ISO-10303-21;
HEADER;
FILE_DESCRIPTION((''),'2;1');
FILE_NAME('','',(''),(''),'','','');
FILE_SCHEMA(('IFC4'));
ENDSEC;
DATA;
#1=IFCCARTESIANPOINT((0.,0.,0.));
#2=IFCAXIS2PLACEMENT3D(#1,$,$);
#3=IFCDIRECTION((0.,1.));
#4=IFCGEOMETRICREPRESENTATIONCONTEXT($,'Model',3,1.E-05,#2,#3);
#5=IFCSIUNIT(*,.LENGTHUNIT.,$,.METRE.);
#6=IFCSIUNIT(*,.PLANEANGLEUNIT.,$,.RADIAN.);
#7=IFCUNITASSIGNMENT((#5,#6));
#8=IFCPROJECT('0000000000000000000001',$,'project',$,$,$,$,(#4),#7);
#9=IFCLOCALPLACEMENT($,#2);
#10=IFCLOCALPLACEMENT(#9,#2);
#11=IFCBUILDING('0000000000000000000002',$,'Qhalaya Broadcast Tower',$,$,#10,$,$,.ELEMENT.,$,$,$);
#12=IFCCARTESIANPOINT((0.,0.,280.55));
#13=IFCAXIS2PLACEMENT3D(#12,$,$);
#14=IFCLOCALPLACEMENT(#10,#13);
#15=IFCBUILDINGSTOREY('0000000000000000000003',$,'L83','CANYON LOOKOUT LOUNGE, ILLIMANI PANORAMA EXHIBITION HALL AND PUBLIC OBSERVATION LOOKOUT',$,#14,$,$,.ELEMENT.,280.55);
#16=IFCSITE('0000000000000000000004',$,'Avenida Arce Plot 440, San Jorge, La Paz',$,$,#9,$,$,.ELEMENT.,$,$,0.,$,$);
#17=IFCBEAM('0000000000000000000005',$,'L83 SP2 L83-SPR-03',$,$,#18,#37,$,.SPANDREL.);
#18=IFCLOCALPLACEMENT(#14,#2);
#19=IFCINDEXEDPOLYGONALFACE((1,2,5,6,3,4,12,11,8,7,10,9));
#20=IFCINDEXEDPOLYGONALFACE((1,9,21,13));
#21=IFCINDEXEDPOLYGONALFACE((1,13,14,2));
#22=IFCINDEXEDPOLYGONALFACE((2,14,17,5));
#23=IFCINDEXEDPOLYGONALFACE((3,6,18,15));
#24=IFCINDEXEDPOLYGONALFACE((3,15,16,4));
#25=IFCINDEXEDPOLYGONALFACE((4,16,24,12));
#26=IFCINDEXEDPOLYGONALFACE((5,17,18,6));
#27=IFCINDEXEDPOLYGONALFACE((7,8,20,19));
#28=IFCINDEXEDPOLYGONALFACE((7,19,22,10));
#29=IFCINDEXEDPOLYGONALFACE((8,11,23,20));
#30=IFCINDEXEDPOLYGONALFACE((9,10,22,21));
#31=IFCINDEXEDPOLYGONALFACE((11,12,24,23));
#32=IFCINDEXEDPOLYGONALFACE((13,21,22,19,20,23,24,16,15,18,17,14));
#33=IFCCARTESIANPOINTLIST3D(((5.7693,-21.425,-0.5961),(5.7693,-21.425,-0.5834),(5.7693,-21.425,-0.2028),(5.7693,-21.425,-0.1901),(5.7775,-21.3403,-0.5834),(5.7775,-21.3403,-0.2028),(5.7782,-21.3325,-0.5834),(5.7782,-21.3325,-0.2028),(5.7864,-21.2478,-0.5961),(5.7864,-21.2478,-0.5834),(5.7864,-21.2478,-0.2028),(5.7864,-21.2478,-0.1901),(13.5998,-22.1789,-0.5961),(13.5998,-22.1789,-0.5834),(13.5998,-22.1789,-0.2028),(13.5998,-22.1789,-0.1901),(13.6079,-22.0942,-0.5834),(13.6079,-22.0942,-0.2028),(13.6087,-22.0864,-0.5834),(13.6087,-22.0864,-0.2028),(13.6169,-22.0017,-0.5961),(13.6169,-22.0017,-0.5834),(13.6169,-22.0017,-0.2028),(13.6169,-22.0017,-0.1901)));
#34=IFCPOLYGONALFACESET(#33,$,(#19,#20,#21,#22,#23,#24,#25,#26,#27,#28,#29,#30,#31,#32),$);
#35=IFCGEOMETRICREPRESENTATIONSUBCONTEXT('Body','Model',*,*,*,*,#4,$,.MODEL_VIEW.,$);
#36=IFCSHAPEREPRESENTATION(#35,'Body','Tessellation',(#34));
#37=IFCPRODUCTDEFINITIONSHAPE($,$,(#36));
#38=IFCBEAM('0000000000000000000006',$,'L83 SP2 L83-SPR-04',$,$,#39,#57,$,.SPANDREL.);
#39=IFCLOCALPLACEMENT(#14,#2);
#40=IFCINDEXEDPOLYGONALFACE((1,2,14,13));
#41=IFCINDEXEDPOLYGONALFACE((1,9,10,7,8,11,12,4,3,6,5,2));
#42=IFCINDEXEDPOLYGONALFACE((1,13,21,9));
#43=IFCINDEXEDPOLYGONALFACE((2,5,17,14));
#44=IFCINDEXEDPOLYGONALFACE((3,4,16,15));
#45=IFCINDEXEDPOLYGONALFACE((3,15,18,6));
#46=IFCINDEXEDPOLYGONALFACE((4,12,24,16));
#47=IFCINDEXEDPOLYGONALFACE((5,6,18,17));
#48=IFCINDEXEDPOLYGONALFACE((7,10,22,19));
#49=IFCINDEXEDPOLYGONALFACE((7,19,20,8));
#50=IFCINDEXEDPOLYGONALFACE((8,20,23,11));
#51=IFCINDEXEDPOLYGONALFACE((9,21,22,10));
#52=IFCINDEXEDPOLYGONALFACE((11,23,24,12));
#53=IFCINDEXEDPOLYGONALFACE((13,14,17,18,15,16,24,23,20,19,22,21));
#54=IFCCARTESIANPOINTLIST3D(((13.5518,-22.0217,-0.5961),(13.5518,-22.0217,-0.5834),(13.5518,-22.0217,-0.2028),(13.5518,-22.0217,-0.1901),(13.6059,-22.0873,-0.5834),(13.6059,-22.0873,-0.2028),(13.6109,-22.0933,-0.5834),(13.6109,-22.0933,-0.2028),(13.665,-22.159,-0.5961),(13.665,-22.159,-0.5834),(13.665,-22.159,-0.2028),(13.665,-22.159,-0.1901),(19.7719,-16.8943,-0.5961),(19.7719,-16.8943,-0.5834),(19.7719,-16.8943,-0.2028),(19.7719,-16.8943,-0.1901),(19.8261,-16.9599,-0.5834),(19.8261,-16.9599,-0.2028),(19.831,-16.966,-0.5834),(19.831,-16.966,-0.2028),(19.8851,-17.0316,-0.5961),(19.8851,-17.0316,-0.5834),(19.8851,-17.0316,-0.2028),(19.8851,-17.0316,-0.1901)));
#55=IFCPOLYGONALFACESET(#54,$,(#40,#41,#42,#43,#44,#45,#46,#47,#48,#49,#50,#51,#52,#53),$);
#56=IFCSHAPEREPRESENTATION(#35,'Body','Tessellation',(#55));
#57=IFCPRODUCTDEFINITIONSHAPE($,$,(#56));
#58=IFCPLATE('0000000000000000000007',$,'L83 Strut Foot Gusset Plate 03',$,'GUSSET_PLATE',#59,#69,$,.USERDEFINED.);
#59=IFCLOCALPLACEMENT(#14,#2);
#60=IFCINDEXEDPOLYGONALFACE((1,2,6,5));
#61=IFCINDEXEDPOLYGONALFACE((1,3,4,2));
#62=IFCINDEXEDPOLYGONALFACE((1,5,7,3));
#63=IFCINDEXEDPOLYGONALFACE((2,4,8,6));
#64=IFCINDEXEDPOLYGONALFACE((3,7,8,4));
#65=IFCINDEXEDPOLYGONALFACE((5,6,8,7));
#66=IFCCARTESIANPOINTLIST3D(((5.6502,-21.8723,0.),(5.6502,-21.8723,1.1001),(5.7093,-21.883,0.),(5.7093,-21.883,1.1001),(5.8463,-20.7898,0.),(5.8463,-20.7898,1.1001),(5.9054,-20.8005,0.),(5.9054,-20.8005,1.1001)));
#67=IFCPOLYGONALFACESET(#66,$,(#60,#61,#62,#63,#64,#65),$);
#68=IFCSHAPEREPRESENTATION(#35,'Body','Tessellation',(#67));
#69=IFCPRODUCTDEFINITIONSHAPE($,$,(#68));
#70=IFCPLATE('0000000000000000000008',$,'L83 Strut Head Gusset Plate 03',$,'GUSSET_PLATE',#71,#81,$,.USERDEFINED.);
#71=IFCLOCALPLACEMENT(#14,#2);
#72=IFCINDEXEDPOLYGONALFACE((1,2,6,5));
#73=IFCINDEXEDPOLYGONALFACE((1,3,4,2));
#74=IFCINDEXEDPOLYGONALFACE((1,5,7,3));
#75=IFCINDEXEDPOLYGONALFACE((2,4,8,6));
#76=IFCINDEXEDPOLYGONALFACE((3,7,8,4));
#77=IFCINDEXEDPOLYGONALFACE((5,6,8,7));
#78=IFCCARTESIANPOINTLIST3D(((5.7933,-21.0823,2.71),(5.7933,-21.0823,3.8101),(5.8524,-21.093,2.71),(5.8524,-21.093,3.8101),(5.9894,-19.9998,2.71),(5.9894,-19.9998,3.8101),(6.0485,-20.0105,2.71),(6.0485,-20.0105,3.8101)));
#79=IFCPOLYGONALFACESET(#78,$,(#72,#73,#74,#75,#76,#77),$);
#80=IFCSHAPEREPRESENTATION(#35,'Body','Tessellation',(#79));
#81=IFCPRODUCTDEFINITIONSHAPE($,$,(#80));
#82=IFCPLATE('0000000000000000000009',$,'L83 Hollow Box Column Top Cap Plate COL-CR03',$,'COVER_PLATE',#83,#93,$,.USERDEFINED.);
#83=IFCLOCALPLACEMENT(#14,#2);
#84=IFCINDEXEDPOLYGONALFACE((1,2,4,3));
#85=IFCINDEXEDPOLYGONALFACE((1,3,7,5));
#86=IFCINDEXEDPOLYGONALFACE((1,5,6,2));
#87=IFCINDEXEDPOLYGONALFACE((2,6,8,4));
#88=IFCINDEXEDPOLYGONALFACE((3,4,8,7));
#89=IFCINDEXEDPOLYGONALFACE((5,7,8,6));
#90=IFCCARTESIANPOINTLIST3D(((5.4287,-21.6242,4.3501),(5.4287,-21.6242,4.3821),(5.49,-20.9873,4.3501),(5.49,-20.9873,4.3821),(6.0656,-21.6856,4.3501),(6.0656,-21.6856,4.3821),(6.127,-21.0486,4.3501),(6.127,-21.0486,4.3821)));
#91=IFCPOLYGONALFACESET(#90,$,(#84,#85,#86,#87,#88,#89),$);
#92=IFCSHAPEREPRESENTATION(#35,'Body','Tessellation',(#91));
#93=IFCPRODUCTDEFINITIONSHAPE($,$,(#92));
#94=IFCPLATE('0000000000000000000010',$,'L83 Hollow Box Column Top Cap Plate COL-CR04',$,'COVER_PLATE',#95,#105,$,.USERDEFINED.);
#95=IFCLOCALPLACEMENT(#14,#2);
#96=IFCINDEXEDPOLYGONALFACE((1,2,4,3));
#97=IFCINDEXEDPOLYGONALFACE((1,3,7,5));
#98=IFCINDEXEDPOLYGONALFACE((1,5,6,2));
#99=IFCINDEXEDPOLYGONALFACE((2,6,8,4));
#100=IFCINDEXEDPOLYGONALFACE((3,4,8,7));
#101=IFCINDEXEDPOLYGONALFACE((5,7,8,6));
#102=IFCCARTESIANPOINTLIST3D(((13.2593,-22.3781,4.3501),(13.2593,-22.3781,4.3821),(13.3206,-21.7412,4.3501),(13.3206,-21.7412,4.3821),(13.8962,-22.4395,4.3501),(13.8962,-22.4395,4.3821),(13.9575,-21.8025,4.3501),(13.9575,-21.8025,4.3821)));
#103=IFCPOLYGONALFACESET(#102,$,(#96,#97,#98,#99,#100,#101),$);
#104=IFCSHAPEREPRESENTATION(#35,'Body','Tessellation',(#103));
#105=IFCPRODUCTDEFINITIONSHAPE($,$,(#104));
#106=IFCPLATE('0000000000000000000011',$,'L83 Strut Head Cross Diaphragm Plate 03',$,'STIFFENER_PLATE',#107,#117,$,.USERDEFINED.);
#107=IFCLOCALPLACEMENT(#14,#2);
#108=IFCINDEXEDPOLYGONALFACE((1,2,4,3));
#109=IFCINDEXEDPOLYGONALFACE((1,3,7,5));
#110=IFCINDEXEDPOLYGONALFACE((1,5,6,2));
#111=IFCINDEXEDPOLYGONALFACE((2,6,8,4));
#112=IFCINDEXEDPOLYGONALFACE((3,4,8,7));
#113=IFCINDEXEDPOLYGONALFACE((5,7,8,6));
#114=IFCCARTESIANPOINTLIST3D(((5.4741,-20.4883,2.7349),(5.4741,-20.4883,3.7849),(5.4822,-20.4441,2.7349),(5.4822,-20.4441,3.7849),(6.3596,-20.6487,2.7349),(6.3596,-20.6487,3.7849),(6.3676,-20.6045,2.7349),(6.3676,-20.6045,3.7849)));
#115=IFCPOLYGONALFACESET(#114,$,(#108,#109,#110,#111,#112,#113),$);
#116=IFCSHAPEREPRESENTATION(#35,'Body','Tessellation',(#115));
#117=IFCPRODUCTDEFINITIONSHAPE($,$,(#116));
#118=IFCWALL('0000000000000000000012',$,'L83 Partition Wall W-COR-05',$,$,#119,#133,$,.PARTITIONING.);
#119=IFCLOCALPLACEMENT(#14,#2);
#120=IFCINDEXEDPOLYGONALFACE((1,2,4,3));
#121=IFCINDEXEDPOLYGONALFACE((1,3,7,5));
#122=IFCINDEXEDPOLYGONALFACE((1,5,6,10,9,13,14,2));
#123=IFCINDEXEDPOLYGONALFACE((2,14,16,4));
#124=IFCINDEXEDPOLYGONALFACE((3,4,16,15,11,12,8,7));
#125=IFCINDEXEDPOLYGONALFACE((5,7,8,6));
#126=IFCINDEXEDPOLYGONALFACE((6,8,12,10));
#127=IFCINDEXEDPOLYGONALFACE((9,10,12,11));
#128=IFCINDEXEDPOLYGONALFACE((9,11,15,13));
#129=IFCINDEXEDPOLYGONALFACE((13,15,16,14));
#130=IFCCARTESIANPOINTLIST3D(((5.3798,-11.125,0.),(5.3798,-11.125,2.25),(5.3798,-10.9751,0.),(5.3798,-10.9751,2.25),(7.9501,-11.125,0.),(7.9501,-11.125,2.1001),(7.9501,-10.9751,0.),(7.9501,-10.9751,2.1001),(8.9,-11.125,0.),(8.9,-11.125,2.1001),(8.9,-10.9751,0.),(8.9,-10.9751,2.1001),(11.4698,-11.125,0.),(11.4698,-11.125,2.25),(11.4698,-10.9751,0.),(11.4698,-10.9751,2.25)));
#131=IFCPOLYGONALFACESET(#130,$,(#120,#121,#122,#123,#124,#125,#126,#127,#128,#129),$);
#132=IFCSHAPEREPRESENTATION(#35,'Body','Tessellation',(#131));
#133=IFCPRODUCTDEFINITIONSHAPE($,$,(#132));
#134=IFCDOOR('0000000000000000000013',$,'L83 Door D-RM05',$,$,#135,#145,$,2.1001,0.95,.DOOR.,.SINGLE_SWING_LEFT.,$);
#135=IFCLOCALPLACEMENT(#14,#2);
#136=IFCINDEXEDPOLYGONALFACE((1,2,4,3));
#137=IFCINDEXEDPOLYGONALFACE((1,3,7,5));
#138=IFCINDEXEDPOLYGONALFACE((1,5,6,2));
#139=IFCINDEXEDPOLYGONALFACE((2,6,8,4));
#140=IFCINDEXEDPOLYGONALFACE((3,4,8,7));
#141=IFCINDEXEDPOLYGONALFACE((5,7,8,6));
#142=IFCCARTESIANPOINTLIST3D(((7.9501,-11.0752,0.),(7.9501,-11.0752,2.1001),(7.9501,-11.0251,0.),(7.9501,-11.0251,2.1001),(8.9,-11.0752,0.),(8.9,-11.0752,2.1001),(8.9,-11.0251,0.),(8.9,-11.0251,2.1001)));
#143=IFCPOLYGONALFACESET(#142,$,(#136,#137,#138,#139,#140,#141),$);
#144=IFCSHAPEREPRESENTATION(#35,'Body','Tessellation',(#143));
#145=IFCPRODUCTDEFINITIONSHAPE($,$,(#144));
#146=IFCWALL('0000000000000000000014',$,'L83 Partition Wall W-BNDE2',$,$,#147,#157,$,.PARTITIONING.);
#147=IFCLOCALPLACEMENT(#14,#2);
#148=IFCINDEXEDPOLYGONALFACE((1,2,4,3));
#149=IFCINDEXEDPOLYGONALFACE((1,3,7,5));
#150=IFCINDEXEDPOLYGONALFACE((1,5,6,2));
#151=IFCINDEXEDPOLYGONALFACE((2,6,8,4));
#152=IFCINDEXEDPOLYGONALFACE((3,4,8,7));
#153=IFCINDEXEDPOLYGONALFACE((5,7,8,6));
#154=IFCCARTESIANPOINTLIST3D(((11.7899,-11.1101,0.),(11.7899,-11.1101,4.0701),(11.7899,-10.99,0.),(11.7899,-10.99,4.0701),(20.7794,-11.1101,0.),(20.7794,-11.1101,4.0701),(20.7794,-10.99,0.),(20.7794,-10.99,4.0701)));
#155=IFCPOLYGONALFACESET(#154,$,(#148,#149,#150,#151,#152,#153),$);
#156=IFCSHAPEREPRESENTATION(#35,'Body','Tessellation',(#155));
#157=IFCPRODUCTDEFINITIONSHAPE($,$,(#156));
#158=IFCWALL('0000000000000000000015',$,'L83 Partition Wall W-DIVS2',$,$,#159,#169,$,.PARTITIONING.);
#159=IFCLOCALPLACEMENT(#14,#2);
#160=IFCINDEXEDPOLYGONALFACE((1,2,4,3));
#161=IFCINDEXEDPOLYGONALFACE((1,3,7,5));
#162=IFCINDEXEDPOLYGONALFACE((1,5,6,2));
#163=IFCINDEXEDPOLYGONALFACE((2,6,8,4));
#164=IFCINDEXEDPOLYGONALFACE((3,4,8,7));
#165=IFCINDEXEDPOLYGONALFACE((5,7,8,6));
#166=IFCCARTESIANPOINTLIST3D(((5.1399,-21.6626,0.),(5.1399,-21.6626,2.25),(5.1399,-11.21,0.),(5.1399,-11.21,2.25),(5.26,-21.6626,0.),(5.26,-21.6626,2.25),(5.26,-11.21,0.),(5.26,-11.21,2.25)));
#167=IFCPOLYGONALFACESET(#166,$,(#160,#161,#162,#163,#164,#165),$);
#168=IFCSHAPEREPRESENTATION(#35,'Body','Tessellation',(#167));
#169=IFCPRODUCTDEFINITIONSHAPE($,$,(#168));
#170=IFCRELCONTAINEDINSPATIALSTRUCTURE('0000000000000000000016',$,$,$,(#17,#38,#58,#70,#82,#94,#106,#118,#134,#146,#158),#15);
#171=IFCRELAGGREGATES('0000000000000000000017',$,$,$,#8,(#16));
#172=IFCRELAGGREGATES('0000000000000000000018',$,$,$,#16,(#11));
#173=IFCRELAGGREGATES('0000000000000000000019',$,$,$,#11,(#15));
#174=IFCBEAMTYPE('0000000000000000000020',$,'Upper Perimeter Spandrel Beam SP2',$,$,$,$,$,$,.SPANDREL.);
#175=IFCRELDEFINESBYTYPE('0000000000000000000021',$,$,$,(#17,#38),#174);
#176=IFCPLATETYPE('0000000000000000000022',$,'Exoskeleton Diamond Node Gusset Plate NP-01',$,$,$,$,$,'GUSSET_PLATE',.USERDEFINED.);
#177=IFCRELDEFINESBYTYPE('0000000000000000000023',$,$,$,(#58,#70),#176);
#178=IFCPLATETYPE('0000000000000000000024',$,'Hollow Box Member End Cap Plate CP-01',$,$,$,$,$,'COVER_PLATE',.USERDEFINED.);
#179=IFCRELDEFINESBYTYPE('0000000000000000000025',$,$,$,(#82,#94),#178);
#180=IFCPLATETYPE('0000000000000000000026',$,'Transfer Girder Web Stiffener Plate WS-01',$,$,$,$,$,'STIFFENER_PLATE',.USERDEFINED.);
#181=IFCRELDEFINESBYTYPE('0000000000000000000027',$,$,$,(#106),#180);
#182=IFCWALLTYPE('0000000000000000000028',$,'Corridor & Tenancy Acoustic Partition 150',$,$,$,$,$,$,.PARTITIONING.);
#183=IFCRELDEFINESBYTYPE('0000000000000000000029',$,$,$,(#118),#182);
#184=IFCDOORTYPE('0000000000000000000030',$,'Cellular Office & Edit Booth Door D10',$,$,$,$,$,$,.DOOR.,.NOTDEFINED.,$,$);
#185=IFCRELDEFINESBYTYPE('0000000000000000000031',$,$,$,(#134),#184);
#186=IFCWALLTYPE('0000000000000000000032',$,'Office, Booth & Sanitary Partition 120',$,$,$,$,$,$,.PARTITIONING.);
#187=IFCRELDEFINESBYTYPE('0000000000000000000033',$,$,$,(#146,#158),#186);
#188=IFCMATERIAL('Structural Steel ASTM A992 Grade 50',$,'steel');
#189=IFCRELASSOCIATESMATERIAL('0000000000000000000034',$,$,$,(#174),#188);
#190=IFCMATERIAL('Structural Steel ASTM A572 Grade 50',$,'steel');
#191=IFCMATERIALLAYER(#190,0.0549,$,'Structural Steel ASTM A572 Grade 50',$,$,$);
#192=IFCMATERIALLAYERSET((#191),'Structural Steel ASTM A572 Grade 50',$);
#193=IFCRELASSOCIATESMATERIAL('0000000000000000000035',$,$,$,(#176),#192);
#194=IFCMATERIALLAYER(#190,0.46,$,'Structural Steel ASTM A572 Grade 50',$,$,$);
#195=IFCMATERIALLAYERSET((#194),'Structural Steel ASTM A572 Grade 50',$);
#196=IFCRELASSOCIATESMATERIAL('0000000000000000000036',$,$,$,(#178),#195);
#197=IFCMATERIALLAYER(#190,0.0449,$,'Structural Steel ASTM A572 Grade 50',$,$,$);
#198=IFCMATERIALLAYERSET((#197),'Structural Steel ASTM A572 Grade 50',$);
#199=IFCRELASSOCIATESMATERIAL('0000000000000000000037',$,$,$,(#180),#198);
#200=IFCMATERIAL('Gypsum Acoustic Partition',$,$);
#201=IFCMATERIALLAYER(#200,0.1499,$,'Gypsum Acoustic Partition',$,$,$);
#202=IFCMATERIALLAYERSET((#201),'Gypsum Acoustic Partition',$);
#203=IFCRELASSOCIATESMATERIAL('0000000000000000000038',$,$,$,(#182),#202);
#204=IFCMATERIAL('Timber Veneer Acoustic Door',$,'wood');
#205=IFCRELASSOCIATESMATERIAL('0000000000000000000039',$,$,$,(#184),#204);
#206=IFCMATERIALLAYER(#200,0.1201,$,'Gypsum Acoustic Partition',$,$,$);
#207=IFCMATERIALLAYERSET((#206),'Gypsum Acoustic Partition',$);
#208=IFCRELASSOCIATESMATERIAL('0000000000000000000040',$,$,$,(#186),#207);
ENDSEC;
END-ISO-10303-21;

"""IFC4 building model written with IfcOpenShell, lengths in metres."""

from ifc_helpers import new_model, si_unit, direction, frame, frame_2d, origin, origin_2d, place, context, subcontext, project, spatial, rectangle, i_section, extrude, material, layer, layer_set, material_profile, profile_set, type_object, element, fill, save


model = new_model("IFC4")

# Units and contexts
model_context = context("Model", 3, precision=1e-05, world=origin(), true_north=direction((0.0, 1.0)))
body_context = subcontext(model_context, "Body", "Model", "MODEL_VIEW")
ifc_project = project(units=[si_unit("LENGTHUNIT", "METRE"), si_unit("PLANEANGLEUNIT", "RADIAN")], contexts=[model_context])

# Site, building, storey
site_placement = place(None, origin())
site = spatial("IfcSite", under=ifc_project, at=site_placement, Name="Avenida Arce Plot 440, San Jorge, La Paz", CompositionType="ELEMENT", RefElevation=0.0)
building_placement = place(site_placement, origin())
building = spatial("IfcBuilding", under=site, at=building_placement, Name="Qhalaya Broadcast Tower", CompositionType="ELEMENT")
storey_placement = place(building_placement, frame((0.0, 0.0, 280.55)))
storey = spatial("IfcBuildingStorey", under=building, at=storey_placement, Name="L83", Description="CANYON LOOKOUT LOUNGE, ILLIMANI PANORAMA EXHIBITION HALL AND PUBLIC OBSERVATION LOOKOUT", CompositionType="ELEMENT", Elevation=280.55)

# Shared definitions
ifc_material_1 = material(Name="Structural Steel ASTM A572 Grade 50", Category="steel")

# Shared definitions
ifc_material_2 = material(Name="Structural Steel ASTM A992 Grade 50", Category="steel")

# Beams
ifc_material_profile_1 = material_profile(ifc_material_2, i_section(OverallWidth=0.178, OverallDepth=0.406, WebThickness=0.0078, FlangeThickness=0.0127, at=origin_2d()), Name="W16X40")
ifc_profile_set_1 = profile_set([ifc_material_profile_1], Name="Structural Steel ASTM A992 Grade 50")
beam_type_1 = type_object("IfcBeamType", Name="Upper Perimeter Spandrel Beam SP2", PredefinedType="SPANDREL", material=ifc_profile_set_1)
beam_1_placement = place(storey_placement, frame((5.7778, -21.3364, -0.3931), z_axis=(0.995397, -0.095834, 0.0), x_axis=(0.095834, 0.995397, 0.0)))
element("IfcBeam", 1, at=beam_1_placement, inside=storey, type_object=beam_type_1, Name="L83 SP2 L83-SPR-03", PredefinedType="SPANDREL", context=body_context, shape_type="SweptSolid", body=[
    extrude(i_section(OverallWidth=0.178, OverallDepth=0.406, WebThickness=0.0078, FlangeThickness=0.0127, at=origin_2d()), origin(), (0.0, 0.0, 1.0), 7.8667),
])
beam_2_placement = place(storey_placement, frame((13.6084, -22.0903, -0.3931), z_axis=(0.771631, 0.63607, 0.0), x_axis=(-0.63607, 0.771631, 0.0)))
element("IfcBeam", 2, at=beam_2_placement, inside=storey, type_object=beam_type_1, Name="L83 SP2 L83-SPR-04", PredefinedType="SPANDREL", context=body_context, shape_type="SweptSolid", body=[
    extrude(i_section(OverallWidth=0.178, OverallDepth=0.406, WebThickness=0.0078, FlangeThickness=0.0127, at=origin_2d()), origin(), (0.0, 0.0, 1.0), 8.061),
])

# Plates
ifc_layer_1 = layer(ifc_material_1, 0.0549, Name="Structural Steel ASTM A572 Grade 50")
ifc_layer_set_1 = layer_set([ifc_layer_1], Name="Structural Steel ASTM A572 Grade 50")
plate_type_1 = type_object("IfcPlateType", Name="Exoskeleton Diamond Node Gusset Plate NP-01", ElementType="GUSSET_PLATE", PredefinedType="USERDEFINED", material=ifc_layer_set_1)
for number, where, z_axis, x_axis, name in (
    (3, (5.7778, -21.3364, 0.0), (0.0, 0.0, 1.0), (0.178253, 0.983985, 0.0), "L83 Strut Foot Gusset Plate 03"),
    (4, (5.9209, -20.5464, 2.71), (0.0, 0.0, 1.0), (0.178253, 0.983985, 0.0), "L83 Strut Head Gusset Plate 03"),
):
    element("IfcPlate", number, at=place(storey_placement, frame(where, z_axis=z_axis, x_axis=x_axis)), inside=storey, type_object=plate_type_1, Name=name, ObjectType="GUSSET_PLATE", PredefinedType="USERDEFINED", context=body_context, shape_type="SweptSolid", body=[
        extrude(rectangle(XDim=1.1001, YDim=0.0601, at=origin_2d()), origin(), (0.0, 0.0, 1.0), 1.1001),
    ])
ifc_layer_2 = layer(ifc_material_1, 0.46, Name="Structural Steel ASTM A572 Grade 50")
ifc_layer_set_2 = layer_set([ifc_layer_2], Name="Structural Steel ASTM A572 Grade 50")
plate_type_2 = type_object("IfcPlateType", Name="Hollow Box Member End Cap Plate CP-01", ElementType="COVER_PLATE", PredefinedType="USERDEFINED", material=ifc_layer_set_2)
for number, where, z_axis, x_axis, name in (
    (5, (5.7778, -21.3364, 4.3501), (0.0, 0.0, 1.0), (0.995396, -0.095846, 0.0), "L83 Hollow Box Column Top Cap Plate COL-CR03"),
    (6, (13.6084, -22.0903, 4.3501), (0.0, 0.0, 1.0), (0.995396, -0.095846, 0.0), "L83 Hollow Box Column Top Cap Plate COL-CR04"),
):
    element("IfcPlate", number, at=place(storey_placement, frame(where, z_axis=z_axis, x_axis=x_axis)), inside=storey, type_object=plate_type_2, Name=name, ObjectType="COVER_PLATE", PredefinedType="USERDEFINED", context=body_context, shape_type="SweptSolid", body=[
        extrude(rectangle(XDim=0.6399, YDim=0.6399, at=origin_2d()), origin(), (0.0, 0.0, 1.0), 0.032),
    ])
ifc_layer_3 = layer(ifc_material_1, 0.0449, Name="Structural Steel ASTM A572 Grade 50")
ifc_layer_set_3 = layer_set([ifc_layer_3], Name="Structural Steel ASTM A572 Grade 50")
plate_type_3 = type_object("IfcPlateType", Name="Transfer Girder Web Stiffener Plate WS-01", ElementType="STIFFENER_PLATE", PredefinedType="USERDEFINED", material=ifc_layer_set_3)
plate_placement = place(storey_placement, frame((5.9209, -20.5464, 2.7349), z_axis=(0.0, 0.0, 1.0), x_axis=(-0.983985, 0.178253, 0.0)))
element("IfcPlate", 7, at=plate_placement, inside=storey, type_object=plate_type_3, Name="L83 Strut Head Cross Diaphragm Plate 03", ObjectType="STIFFENER_PLATE", PredefinedType="USERDEFINED", context=body_context, shape_type="SweptSolid", body=[
    extrude(rectangle(XDim=0.8999, YDim=0.0449, at=origin_2d()), origin(), (0.0, 0.0, 1.0), 1.05),
])

# Wall, opening, door
ifc_material_3 = material(Name="Gypsum Acoustic Partition")
ifc_layer_4 = layer(ifc_material_3, 0.1499, Name="Gypsum Acoustic Partition")
ifc_layer_set_4 = layer_set([ifc_layer_4], Name="Gypsum Acoustic Partition")
wall_type_1 = type_object("IfcWallType", Name="Corridor & Tenancy Acoustic Partition 150", PredefinedType="PARTITIONING", material=ifc_layer_set_4)
wall_1_placement = place(storey_placement, frame((5.3799, -11.05, 0.0), z_axis=(0.0, 0.0, 1.0), x_axis=(1.0, 0.0, 0.0)))
wall_1 = element("IfcWall", 8, at=wall_1_placement, inside=storey, type_object=wall_type_1, Name="L83 Partition Wall W-COR-05", PredefinedType="PARTITIONING", context=body_context, shape_type="SweptSolid", body=[
    extrude(rectangle(XDim=6.0901, YDim=0.1499, at=frame_2d((3.0449, 0.0))), origin(), (0.0, 0.0, 1.0), 2.25),
])
opening_1_placement = place(wall_1_placement, frame((2.5701, 0.0, 0.0)))
opening_1 = element("IfcOpeningElement", 9, at=opening_1_placement, cuts=wall_1, PredefinedType="OPENING", context=body_context, shape_type="SweptSolid", body=[
    extrude(rectangle(XDim=0.95, YDim=2.1001, at=frame_2d((0.4751, 1.05))), frame((0.0, 0.0869, 0.0), z_axis=(0.0, -1.0, 0.0), x_axis=(1.0, 0.0, 0.0)), (0.0, 0.0, 1.0), 0.1738),
])
ifc_material_4 = material(Name="Timber Veneer Acoustic Door", Category="wood")
door_type_1 = type_object("IfcDoorType", Name="Cellular Office & Edit Booth Door D10", OperationType="NOTDEFINED", PredefinedType="DOOR", material=ifc_material_4)
door_1_placement = place(opening_1_placement, origin())
door_1 = element("IfcDoor", 10, at=door_1_placement, inside=storey, type_object=door_type_1, Name="L83 Door D-RM05", OperationType="SINGLE_SWING_LEFT", OverallHeight=2.1001, OverallWidth=0.95, PredefinedType="DOOR", context=body_context, shape_type="SweptSolid", body=[
    extrude(rectangle(XDim=0.95, YDim=2.1001, at=frame_2d((0.4751, 1.05))), frame((0.0, 0.0249, 0.0), z_axis=(0.0, -1.0, 0.0), x_axis=(1.0, 0.0, 0.0)), (0.0, 0.0, 1.0), 0.05),
])
fill(opening_1, door_1)

# Walls
ifc_layer_5 = layer(ifc_material_3, 0.1201, Name="Gypsum Acoustic Partition")
ifc_layer_set_5 = layer_set([ifc_layer_5], Name="Gypsum Acoustic Partition")
wall_type_2 = type_object("IfcWallType", Name="Office, Booth & Sanitary Partition 120", PredefinedType="PARTITIONING", material=ifc_layer_set_5)
wall_2_placement = place(storey_placement, frame((11.79, -11.05, 0.0), z_axis=(0.0, 0.0, 1.0), x_axis=(1.0, 0.0, 0.0)))
element("IfcWall", 11, at=wall_2_placement, inside=storey, type_object=wall_type_2, Name="L83 Partition Wall W-BNDE2", PredefinedType="PARTITIONING", context=body_context, shape_type="SweptSolid", body=[
    extrude(rectangle(XDim=8.9895, YDim=0.1201, at=frame_2d((4.4946, 0.0))), origin(), (0.0, 0.0, 1.0), 4.0701),
])
wall_3_placement = place(storey_placement, frame((5.2, -21.6626, 0.0), z_axis=(0.0, 0.0, 1.0), x_axis=(0.0, 1.0, 0.0)))
element("IfcWall", 12, at=wall_3_placement, inside=storey, type_object=wall_type_2, Name="L83 Partition Wall W-DIVS2", PredefinedType="PARTITIONING", context=body_context, shape_type="SweptSolid", body=[
    extrude(rectangle(XDim=10.4526, YDim=0.1201, at=frame_2d((5.2263, 0.0))), origin(), (0.0, 0.0, 1.0), 2.25),
])

save(model, "model.ifc")
